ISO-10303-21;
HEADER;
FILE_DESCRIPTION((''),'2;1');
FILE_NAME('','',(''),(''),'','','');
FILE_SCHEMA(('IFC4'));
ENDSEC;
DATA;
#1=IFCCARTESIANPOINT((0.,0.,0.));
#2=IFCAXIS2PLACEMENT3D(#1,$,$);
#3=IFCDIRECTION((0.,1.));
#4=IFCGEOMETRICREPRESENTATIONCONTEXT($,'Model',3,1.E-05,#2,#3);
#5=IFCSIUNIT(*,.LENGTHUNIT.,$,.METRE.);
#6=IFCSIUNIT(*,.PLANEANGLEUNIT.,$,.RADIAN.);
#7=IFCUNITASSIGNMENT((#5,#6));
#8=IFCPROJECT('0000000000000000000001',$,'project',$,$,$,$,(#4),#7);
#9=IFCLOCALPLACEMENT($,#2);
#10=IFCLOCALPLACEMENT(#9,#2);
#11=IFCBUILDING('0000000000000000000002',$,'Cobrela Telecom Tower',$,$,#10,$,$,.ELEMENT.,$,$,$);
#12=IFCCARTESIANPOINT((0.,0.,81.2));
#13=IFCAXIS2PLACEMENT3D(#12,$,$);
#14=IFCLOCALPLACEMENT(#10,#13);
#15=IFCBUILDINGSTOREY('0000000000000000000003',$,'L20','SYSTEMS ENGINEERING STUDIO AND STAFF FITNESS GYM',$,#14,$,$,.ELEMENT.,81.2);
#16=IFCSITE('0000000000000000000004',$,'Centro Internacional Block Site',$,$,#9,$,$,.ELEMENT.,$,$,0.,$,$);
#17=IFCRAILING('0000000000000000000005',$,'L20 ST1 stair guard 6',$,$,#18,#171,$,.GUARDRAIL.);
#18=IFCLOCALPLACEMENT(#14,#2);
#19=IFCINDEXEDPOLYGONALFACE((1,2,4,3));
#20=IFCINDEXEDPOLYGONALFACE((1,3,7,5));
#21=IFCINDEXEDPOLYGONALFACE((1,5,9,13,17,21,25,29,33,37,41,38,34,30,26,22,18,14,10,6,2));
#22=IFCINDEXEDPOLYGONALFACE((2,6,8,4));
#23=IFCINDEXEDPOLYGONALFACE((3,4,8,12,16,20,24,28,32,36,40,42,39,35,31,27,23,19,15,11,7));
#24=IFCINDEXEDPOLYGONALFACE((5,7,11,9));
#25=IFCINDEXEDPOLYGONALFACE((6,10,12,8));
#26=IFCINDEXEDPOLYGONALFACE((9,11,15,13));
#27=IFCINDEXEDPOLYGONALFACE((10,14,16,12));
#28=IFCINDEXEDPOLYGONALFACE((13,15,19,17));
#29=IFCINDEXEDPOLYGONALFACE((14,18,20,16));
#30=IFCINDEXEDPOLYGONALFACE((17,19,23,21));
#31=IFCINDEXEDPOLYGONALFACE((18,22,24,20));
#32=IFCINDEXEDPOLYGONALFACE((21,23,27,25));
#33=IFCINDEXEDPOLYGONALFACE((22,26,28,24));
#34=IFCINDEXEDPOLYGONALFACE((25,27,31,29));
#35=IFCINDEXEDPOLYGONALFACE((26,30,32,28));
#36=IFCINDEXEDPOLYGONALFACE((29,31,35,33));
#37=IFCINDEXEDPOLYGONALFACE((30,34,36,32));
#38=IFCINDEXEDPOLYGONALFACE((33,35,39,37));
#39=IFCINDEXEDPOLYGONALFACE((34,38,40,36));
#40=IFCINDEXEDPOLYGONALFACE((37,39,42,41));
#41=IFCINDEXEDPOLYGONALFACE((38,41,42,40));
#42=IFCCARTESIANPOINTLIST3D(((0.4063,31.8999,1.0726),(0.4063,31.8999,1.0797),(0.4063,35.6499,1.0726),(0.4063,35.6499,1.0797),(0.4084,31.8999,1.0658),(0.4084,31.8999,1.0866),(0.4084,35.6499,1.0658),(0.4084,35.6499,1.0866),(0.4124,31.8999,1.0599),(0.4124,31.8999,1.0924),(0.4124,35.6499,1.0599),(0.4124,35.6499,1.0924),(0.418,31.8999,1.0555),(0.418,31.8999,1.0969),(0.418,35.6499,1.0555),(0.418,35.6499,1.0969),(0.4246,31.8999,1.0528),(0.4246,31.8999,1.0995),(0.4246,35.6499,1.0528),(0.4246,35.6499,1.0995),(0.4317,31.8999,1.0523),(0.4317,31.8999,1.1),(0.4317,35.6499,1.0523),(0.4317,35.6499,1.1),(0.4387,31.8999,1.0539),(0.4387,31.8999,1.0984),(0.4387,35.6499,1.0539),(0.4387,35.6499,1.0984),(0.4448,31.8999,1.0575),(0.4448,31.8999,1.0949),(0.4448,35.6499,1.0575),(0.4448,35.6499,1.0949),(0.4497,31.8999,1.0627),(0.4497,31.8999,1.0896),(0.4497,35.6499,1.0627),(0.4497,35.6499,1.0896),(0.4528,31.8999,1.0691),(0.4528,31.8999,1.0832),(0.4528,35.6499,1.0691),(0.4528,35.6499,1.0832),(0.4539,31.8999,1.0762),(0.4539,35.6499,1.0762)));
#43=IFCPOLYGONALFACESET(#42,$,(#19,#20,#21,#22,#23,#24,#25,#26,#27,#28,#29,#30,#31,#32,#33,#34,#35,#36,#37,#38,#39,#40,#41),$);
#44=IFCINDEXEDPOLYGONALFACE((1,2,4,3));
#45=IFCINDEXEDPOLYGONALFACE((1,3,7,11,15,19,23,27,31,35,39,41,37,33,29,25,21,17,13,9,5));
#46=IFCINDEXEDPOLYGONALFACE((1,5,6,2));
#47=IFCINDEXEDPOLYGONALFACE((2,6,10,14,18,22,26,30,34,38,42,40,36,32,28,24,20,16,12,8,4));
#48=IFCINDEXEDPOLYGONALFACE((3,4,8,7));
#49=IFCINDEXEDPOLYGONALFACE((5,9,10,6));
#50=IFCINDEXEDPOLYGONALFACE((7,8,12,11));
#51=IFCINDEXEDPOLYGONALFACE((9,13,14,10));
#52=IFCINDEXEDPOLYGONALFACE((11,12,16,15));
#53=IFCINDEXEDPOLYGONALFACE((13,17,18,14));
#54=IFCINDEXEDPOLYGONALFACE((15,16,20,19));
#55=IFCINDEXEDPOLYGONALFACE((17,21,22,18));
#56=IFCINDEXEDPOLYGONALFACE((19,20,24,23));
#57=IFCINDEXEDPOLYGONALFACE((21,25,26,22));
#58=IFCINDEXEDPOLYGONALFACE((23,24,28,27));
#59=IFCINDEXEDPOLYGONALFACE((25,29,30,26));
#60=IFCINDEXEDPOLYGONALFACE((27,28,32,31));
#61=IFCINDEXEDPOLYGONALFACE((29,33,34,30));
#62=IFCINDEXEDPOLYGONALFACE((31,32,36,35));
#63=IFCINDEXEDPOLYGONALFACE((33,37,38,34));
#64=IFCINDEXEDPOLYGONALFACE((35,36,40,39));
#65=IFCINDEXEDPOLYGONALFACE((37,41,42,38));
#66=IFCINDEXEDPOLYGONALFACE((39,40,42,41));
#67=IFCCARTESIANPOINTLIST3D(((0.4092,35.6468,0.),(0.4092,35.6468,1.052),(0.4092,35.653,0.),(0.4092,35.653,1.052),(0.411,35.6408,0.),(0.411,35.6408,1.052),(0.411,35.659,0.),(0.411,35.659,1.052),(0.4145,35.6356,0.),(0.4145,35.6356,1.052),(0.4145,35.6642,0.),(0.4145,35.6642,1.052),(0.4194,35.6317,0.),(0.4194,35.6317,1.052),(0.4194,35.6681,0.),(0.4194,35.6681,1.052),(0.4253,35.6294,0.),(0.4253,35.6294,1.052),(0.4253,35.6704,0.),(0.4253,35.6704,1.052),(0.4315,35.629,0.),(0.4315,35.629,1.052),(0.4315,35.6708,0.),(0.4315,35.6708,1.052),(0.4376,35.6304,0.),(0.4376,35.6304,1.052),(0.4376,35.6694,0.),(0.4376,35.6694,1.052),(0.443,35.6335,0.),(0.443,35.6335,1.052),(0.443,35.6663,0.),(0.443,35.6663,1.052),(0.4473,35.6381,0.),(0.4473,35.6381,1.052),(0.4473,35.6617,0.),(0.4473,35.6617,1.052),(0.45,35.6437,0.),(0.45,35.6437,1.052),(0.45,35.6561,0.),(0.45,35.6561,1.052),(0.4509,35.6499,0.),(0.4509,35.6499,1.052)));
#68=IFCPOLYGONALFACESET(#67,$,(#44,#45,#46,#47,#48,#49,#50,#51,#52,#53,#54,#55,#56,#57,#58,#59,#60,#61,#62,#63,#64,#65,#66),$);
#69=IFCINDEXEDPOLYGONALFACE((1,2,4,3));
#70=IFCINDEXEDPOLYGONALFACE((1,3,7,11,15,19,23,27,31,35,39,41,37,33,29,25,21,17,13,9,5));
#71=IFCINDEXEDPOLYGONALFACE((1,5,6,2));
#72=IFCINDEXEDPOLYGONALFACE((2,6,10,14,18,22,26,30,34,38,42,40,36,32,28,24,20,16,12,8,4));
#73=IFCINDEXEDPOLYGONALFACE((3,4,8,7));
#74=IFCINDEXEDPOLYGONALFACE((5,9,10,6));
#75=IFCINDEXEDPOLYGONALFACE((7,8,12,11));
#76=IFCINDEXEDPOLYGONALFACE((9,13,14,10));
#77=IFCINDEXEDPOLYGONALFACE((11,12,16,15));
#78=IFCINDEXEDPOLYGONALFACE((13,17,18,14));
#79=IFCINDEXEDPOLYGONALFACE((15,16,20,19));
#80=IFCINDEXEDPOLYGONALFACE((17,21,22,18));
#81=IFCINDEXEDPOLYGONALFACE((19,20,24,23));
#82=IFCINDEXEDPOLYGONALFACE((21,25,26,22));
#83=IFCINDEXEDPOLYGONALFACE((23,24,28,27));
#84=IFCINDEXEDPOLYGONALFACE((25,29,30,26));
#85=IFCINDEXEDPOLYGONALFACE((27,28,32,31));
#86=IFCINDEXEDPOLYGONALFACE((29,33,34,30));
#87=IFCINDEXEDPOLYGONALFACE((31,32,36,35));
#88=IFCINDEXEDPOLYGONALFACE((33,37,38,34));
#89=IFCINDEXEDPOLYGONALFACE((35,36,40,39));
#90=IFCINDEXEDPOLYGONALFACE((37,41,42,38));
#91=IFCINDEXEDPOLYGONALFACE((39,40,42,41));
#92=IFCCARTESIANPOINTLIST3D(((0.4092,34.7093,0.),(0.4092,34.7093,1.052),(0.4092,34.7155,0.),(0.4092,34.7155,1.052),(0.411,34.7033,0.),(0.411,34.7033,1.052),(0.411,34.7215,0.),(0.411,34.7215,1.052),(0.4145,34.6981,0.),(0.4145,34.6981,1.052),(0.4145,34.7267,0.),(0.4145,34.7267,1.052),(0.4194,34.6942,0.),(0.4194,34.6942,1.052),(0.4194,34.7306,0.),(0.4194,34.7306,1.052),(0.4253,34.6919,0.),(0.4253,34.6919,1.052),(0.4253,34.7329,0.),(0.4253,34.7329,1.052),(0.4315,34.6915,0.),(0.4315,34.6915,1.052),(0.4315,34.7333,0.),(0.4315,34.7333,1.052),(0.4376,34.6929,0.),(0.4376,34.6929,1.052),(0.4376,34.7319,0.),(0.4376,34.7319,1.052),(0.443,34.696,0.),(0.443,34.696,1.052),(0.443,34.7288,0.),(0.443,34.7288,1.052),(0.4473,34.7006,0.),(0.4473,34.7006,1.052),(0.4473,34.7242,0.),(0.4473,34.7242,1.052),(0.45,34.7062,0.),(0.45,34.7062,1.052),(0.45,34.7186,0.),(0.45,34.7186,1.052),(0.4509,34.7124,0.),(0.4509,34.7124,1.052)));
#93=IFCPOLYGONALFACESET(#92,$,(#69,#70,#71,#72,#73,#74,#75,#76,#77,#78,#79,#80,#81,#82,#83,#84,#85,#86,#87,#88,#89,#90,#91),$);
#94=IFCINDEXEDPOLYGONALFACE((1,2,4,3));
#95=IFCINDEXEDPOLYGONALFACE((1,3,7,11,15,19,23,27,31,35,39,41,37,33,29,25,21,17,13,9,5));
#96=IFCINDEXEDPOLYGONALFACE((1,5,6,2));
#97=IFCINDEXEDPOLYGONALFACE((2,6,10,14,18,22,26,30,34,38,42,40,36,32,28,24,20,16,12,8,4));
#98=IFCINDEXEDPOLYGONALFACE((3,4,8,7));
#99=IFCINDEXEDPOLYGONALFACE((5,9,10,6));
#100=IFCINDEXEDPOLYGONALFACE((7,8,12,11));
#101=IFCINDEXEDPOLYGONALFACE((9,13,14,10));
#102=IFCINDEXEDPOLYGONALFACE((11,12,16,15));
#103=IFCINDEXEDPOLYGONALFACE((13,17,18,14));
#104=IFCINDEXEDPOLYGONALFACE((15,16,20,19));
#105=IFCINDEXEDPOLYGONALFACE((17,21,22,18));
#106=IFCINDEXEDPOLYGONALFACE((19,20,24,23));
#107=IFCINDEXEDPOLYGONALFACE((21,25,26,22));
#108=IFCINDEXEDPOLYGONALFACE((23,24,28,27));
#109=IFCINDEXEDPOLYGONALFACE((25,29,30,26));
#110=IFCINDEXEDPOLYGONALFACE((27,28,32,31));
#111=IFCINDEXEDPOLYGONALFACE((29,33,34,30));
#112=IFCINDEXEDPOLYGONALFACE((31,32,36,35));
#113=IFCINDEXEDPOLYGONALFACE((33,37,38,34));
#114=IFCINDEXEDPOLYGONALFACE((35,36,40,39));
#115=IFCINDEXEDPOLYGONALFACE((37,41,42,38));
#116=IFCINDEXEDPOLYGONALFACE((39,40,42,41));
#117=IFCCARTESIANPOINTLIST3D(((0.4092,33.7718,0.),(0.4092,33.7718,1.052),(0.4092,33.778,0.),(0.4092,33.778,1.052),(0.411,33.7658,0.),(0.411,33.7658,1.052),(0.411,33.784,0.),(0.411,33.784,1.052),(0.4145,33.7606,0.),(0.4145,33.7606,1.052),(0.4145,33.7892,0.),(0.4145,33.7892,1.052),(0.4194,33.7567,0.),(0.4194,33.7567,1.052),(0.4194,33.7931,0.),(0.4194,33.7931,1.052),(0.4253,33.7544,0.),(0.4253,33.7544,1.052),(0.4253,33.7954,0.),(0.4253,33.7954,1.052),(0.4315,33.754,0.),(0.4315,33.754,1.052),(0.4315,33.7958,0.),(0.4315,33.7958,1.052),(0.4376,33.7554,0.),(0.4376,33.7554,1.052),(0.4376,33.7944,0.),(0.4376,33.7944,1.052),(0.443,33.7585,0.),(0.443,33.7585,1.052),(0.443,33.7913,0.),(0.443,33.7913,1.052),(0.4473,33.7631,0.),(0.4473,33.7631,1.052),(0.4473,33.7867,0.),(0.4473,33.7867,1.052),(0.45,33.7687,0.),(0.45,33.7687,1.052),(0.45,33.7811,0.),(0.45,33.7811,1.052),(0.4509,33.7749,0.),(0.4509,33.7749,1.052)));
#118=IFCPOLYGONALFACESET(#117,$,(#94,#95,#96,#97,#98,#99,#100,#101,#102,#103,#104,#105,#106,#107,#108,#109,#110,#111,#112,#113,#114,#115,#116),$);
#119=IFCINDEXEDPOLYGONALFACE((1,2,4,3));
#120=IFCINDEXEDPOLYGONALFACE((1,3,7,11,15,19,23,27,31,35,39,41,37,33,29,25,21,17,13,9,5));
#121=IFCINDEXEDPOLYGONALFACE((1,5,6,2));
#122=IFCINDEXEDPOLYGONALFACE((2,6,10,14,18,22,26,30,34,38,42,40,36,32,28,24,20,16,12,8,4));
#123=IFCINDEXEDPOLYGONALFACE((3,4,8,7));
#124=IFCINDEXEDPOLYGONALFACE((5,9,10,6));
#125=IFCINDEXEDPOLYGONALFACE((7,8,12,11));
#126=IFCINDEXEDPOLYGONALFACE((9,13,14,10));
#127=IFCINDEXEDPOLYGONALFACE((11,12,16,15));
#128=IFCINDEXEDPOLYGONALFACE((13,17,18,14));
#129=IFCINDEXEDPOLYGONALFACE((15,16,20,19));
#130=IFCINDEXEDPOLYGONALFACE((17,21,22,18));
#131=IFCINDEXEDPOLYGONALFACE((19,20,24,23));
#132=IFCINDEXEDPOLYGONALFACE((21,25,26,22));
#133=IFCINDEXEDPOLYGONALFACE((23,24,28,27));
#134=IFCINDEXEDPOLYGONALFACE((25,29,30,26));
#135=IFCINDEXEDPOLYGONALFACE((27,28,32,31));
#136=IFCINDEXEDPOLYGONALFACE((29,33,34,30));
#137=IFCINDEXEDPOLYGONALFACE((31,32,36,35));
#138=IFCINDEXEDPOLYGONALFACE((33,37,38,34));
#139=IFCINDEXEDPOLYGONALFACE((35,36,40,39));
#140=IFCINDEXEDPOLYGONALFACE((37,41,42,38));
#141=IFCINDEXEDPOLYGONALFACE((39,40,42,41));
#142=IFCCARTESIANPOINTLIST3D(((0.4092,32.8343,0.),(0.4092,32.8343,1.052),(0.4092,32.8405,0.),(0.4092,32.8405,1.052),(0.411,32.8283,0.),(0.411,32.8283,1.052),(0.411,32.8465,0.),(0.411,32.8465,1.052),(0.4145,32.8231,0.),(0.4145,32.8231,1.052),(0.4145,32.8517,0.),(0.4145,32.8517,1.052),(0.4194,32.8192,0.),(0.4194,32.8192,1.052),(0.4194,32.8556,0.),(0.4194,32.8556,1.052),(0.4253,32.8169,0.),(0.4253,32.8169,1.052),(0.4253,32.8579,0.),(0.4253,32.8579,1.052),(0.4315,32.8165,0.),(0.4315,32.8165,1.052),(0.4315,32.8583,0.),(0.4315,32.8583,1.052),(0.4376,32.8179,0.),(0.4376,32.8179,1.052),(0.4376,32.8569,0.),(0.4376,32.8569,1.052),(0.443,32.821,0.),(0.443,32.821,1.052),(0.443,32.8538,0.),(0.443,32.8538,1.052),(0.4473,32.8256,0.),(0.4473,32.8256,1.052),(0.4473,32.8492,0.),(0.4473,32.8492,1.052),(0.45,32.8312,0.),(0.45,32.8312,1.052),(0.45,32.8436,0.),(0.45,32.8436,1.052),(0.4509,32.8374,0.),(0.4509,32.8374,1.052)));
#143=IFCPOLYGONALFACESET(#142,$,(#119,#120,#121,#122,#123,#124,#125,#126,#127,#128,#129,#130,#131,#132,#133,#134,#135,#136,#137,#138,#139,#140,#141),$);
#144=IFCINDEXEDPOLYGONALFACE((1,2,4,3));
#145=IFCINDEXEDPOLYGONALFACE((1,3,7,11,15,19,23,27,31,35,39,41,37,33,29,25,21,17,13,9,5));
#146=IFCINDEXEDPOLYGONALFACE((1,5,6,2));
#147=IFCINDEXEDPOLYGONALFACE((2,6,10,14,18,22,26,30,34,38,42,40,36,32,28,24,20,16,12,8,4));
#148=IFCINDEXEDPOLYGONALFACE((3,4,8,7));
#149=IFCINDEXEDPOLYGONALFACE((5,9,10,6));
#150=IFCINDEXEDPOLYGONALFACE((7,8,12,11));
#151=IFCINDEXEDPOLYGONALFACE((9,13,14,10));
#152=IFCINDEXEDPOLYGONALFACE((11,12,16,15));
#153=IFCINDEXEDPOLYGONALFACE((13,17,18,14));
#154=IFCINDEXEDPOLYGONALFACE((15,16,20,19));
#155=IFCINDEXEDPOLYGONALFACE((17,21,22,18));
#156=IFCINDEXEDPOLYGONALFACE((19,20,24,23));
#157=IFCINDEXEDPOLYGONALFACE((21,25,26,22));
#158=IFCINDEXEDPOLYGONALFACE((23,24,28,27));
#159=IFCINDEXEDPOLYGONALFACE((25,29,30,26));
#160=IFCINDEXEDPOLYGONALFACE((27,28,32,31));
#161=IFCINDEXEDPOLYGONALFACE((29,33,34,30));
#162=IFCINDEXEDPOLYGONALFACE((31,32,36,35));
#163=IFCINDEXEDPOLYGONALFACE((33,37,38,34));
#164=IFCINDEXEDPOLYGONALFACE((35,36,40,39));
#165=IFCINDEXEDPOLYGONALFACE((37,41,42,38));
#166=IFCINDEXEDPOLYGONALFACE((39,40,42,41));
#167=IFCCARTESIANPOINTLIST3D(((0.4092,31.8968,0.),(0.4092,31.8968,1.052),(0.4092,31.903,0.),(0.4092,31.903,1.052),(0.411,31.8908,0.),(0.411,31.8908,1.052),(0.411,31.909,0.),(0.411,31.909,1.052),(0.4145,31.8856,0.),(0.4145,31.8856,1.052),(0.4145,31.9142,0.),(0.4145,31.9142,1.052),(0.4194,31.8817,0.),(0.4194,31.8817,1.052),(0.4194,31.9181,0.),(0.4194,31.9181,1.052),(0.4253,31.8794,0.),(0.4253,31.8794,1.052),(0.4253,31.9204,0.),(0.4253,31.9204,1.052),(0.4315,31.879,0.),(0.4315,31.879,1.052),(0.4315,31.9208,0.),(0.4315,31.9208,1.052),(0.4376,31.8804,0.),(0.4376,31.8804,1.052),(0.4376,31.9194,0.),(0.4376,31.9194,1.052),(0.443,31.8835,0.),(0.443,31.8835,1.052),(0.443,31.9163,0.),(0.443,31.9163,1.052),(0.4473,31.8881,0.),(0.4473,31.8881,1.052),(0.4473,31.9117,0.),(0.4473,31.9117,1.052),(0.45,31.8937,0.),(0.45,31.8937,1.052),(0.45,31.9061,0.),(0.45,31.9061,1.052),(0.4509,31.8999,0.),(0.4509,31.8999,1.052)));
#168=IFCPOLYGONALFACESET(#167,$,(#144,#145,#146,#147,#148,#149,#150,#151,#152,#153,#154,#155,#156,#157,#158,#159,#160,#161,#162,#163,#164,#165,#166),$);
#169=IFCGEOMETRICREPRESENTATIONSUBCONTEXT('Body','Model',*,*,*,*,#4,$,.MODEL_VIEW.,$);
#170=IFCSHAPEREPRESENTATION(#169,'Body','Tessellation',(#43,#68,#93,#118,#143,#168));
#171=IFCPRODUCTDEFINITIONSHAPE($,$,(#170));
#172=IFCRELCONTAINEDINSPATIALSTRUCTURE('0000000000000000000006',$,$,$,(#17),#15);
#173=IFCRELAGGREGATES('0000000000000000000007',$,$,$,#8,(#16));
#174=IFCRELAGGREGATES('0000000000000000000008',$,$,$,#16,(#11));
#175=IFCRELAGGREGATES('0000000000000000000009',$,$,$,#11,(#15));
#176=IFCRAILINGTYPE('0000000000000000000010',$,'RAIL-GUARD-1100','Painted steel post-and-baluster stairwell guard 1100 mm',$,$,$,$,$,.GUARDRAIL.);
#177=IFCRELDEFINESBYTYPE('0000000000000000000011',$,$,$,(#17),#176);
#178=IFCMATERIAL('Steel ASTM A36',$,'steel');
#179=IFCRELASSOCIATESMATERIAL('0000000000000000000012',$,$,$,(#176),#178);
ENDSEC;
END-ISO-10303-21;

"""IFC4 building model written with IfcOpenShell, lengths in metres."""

from ifc_helpers import new_model, si_unit, direction, frame, origin, origin_2d, place, context, subcontext, project, spatial, circle, extrude, material, type_object, element, save


model = new_model("IFC4")

# Units and contexts
model_context = context("Model", 3, precision=1e-05, world=origin(), true_north=direction((0.0, 1.0)))
body_context = subcontext(model_context, "Body", "Model", "MODEL_VIEW")
ifc_project = project(units=[si_unit("LENGTHUNIT", "METRE"), si_unit("PLANEANGLEUNIT", "RADIAN")], contexts=[model_context])

# Site, building, storey
site_placement = place(None, origin())
site = spatial("IfcSite", under=ifc_project, at=site_placement, Name="Centro Internacional Block Site", CompositionType="ELEMENT", RefElevation=0.0)
building_placement = place(site_placement, origin())
building = spatial("IfcBuilding", under=site, at=building_placement, Name="Cobrela Telecom Tower", CompositionType="ELEMENT")
storey_placement = place(building_placement, frame((0.0, 0.0, 81.2)))
storey = spatial("IfcBuildingStorey", under=building, at=storey_placement, Name="L20", Description="SYSTEMS ENGINEERING STUDIO AND STAFF FITNESS GYM", CompositionType="ELEMENT", Elevation=81.2)

# Shared definitions
ifc_material_1 = material(Name="Steel ASTM A36", Category="steel")

# Railing
railing_type_1 = type_object("IfcRailingType", Name="RAIL-GUARD-1100", Description="Painted steel post-and-baluster stairwell guard 1100 mm", PredefinedType="GUARDRAIL", material=ifc_material_1)
railing_1_placement = place(storey_placement, frame((0.4299, 35.6499, 0.0)))
element("IfcRailing", 1, at=railing_1_placement, inside=storey, type_object=railing_type_1, Name="L20 ST1 stair guard 6", PredefinedType="GUARDRAIL", context=body_context, shape_type="SweptSolid", body=[
    extrude(circle(Radius=0.0239, at=origin_2d()), frame((0.0, 0.0, 1.0762), z_axis=(0.0, -1.0, 0.0), x_axis=(1.0, 0.0, 0.0)), (0.0, 0.0, 1.0), 3.75),
    extrude(circle(Radius=0.021, at=origin_2d()), origin(), (0.0, 0.0, 1.0), 1.052),
    extrude(circle(Radius=0.021, at=origin_2d()), frame((0.0, -0.9375, 0.0)), (0.0, 0.0, 1.0), 1.052),
    extrude(circle(Radius=0.021, at=origin_2d()), frame((0.0, -1.875, 0.0)), (0.0, 0.0, 1.0), 1.052),
    extrude(circle(Radius=0.021, at=origin_2d()), frame((0.0, -2.8125, 0.0)), (0.0, 0.0, 1.0), 1.052),
    extrude(circle(Radius=0.021, at=origin_2d()), frame((0.0, -3.75, 0.0)), (0.0, 0.0, 1.0), 1.052),
])

save(model, "model.ifc")
